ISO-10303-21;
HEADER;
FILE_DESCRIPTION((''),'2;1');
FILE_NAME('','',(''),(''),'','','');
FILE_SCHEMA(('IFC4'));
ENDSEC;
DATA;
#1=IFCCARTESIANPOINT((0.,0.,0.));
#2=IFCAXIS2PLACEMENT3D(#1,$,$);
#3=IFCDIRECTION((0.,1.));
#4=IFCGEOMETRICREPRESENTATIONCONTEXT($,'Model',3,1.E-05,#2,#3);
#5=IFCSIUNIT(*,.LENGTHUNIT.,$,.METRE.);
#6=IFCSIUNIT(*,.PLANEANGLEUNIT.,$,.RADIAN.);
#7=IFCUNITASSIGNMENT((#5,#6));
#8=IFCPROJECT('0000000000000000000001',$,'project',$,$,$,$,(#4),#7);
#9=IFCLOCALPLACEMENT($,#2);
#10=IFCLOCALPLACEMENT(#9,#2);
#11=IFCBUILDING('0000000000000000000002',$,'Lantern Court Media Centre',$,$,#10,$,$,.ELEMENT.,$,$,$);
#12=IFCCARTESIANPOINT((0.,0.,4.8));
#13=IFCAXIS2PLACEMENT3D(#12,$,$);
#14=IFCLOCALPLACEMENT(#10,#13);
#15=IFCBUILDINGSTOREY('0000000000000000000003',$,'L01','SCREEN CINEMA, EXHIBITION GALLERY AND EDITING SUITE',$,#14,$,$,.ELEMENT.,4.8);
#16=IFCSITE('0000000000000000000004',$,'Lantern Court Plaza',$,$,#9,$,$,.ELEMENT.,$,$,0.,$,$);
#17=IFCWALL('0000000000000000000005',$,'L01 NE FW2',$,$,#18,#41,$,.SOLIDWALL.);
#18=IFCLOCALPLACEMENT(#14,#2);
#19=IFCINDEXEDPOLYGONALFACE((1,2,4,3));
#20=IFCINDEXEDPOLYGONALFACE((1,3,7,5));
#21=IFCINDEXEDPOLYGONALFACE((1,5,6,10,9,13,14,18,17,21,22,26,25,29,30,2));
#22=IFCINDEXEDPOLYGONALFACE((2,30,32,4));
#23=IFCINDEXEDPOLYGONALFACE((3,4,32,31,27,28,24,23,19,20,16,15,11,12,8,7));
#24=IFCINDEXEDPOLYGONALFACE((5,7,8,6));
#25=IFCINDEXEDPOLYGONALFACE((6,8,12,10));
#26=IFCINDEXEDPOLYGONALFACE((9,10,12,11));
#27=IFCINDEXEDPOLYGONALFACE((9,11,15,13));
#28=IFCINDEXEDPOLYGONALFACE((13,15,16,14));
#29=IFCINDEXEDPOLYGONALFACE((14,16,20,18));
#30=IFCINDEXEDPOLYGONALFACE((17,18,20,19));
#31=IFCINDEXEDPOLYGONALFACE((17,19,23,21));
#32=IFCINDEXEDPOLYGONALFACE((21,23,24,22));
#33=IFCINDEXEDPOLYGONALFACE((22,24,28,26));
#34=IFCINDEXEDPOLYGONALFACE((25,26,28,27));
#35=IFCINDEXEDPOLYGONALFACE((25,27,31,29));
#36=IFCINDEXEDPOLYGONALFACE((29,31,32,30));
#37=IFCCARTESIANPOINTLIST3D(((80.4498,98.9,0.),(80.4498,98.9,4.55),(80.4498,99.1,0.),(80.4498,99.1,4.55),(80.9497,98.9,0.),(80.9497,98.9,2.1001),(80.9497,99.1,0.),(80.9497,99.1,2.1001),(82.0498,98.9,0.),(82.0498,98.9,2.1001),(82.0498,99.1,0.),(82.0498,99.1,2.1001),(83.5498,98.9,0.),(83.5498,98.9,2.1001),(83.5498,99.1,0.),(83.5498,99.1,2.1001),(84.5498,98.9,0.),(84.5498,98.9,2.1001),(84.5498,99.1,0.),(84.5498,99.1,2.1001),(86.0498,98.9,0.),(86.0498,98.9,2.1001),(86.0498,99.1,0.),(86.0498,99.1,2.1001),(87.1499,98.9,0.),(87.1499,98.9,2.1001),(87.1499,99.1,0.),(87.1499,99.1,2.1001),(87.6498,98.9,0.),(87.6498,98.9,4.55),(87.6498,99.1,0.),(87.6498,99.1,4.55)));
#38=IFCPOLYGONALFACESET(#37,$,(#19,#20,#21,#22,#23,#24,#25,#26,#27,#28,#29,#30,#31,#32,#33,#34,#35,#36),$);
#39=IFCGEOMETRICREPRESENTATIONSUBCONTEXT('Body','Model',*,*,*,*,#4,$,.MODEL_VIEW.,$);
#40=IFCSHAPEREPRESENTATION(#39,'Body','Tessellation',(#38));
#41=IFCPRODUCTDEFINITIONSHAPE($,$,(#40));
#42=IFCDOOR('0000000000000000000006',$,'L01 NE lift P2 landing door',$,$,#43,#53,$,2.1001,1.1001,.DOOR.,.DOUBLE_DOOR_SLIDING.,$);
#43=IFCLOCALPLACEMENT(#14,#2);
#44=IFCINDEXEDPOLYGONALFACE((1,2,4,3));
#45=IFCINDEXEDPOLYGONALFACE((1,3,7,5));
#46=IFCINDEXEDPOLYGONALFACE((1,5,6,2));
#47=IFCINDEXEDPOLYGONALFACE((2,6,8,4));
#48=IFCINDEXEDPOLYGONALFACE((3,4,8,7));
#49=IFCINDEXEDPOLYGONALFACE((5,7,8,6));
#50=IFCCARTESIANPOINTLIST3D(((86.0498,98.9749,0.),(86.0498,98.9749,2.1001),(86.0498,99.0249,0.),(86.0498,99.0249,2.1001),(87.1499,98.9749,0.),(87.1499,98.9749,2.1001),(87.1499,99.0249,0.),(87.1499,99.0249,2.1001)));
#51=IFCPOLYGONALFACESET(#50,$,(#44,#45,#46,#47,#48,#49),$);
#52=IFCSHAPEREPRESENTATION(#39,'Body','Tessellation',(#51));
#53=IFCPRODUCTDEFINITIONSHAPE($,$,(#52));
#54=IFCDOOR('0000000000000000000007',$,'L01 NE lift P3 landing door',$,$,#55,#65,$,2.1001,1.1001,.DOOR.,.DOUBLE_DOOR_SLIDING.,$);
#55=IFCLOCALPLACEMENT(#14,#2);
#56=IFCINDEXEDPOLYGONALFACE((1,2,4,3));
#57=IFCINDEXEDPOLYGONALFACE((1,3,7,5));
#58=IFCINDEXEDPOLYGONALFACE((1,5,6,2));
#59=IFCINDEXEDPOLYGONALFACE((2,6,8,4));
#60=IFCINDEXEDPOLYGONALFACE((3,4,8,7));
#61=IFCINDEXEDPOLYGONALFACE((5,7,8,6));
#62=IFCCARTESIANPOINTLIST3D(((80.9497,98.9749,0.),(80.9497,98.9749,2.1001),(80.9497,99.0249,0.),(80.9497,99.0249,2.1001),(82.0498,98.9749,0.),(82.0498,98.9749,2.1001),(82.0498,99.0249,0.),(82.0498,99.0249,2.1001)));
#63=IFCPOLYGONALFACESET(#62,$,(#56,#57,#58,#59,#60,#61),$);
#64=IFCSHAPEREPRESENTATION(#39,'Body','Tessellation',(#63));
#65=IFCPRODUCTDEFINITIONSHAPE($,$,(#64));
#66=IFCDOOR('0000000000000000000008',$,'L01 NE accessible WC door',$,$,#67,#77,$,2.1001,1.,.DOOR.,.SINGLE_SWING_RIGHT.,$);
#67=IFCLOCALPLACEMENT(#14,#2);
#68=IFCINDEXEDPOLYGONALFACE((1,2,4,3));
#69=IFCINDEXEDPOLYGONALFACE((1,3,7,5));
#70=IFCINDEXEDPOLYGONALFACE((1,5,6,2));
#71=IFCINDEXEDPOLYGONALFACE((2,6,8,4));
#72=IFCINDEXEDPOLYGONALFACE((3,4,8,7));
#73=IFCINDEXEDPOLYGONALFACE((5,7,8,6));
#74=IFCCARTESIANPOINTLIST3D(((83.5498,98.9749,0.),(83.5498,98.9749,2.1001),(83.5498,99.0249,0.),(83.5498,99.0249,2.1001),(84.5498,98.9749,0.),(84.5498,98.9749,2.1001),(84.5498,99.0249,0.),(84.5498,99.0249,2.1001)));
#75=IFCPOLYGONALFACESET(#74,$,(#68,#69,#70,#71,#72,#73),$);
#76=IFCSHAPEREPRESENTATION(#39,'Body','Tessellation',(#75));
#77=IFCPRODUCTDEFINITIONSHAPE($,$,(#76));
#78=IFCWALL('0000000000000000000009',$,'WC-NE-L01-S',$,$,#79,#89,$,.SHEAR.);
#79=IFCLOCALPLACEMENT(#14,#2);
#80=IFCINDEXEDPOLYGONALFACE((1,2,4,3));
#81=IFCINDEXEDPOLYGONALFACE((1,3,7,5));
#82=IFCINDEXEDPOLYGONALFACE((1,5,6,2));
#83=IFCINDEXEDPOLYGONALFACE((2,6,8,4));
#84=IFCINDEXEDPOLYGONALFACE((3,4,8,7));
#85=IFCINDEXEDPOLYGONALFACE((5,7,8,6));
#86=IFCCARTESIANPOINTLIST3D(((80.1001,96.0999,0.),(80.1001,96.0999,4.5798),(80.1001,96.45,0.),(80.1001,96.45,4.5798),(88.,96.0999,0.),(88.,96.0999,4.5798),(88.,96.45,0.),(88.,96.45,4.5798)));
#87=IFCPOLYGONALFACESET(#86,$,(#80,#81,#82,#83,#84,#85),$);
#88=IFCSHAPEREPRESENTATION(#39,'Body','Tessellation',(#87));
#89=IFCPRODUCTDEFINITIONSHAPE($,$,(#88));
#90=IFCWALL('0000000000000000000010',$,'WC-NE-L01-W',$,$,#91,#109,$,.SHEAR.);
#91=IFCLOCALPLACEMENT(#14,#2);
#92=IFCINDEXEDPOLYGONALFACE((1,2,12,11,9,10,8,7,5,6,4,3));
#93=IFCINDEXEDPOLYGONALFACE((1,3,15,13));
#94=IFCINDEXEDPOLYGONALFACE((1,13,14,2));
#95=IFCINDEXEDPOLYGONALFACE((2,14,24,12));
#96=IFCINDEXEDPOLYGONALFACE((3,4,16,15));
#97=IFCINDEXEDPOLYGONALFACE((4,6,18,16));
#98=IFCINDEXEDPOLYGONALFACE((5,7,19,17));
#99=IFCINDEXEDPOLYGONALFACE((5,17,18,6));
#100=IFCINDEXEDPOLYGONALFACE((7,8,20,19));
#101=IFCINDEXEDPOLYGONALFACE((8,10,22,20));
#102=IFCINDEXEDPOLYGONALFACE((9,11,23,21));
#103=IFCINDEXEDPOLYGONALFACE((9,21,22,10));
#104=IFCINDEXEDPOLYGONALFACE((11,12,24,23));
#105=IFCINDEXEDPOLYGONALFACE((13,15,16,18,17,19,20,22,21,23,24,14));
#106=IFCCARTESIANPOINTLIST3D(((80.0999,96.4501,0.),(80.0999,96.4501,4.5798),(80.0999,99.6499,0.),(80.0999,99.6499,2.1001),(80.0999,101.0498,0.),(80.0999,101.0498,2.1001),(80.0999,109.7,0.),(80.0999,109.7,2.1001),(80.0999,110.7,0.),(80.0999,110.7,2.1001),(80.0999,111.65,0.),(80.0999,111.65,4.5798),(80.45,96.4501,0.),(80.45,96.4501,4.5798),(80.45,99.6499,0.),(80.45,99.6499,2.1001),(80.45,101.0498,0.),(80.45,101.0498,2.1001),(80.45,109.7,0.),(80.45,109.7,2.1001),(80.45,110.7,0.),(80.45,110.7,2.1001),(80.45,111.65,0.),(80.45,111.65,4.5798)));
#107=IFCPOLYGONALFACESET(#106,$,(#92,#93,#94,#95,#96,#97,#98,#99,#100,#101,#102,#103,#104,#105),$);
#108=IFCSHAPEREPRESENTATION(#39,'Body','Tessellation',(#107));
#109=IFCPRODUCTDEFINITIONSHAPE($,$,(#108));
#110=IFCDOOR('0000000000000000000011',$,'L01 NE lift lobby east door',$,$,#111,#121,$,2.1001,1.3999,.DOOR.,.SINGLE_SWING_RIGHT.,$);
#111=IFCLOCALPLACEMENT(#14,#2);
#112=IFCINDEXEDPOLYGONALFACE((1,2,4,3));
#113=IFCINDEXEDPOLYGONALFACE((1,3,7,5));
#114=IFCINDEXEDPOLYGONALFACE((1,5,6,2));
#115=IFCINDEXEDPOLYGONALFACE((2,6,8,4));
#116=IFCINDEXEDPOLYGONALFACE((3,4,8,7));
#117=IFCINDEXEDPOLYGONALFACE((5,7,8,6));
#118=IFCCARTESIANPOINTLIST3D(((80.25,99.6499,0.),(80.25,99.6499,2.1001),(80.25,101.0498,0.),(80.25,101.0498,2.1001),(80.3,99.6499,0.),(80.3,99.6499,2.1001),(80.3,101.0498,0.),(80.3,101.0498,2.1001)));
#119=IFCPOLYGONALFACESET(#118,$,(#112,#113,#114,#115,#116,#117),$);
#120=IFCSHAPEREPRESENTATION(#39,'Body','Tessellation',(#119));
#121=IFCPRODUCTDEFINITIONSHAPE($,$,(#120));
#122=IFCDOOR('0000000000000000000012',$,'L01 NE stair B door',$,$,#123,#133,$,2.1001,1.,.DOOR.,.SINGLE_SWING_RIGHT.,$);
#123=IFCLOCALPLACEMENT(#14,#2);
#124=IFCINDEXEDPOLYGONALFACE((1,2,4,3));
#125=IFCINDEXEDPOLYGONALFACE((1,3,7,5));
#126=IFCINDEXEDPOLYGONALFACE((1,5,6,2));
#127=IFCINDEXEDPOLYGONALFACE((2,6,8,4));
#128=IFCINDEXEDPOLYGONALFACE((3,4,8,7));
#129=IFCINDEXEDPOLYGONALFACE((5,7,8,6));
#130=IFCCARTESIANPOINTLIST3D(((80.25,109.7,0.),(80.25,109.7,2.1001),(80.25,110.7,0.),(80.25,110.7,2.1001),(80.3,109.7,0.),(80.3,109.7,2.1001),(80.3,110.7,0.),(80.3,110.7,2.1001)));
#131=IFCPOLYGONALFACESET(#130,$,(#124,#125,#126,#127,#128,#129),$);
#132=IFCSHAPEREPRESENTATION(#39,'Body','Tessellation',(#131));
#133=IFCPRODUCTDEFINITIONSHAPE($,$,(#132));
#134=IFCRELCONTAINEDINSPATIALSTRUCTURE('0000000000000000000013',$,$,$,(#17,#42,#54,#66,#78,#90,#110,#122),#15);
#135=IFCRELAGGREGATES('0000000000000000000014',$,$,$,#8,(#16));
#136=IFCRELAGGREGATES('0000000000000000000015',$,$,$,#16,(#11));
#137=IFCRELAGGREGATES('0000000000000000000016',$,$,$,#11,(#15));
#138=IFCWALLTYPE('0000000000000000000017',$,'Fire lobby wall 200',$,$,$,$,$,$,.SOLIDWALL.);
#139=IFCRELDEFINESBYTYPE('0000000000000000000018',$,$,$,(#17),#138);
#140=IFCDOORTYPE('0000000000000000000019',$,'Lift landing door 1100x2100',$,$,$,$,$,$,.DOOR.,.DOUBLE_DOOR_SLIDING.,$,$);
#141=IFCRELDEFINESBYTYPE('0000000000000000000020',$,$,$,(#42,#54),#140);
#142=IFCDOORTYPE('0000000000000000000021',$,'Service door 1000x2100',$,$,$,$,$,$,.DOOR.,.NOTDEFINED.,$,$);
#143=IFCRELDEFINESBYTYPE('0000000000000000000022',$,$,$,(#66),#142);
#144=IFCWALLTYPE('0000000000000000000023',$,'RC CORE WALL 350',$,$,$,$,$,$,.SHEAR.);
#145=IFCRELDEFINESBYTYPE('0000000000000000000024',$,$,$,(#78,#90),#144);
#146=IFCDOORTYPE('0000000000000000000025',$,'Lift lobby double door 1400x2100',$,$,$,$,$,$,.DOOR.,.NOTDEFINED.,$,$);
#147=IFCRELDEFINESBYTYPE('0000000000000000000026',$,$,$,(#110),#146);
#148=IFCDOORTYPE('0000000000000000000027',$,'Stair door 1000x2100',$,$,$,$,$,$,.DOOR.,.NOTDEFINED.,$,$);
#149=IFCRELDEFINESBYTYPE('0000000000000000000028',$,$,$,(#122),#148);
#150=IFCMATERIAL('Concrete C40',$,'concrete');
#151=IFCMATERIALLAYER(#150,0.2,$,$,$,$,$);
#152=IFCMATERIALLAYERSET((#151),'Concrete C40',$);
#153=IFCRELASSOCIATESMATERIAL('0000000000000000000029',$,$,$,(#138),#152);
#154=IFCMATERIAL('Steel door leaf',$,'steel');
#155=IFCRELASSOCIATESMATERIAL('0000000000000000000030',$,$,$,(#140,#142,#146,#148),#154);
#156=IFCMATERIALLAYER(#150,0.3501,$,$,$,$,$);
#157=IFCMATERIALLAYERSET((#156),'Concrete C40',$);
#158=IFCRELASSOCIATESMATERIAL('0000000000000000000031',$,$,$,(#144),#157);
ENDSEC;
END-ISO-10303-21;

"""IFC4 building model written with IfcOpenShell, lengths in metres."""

from ifc_helpers import new_model, si_unit, direction, frame, frame_2d, origin, place, context, subcontext, project, spatial, rectangle, extrude, material, layer, layer_set, type_object, element, fill, save


model = new_model("IFC4")

# Units and contexts
model_context = context("Model", 3, precision=1e-05, world=origin(), true_north=direction((0.0, 1.0)))
body_context = subcontext(model_context, "Body", "Model", "MODEL_VIEW")
ifc_project = project(units=[si_unit("LENGTHUNIT", "METRE"), si_unit("PLANEANGLEUNIT", "RADIAN")], contexts=[model_context])

# Site, building, storey
site_placement = place(None, origin())
site = spatial("IfcSite", under=ifc_project, at=site_placement, Name="Lantern Court Plaza", CompositionType="ELEMENT", RefElevation=0.0)
building_placement = place(site_placement, origin())
building = spatial("IfcBuilding", under=site, at=building_placement, Name="Lantern Court Media Centre", CompositionType="ELEMENT")
storey_placement = place(building_placement, frame((0.0, 0.0, 4.8)))
storey = spatial("IfcBuildingStorey", under=building, at=storey_placement, Name="L01", Description="SCREEN CINEMA, EXHIBITION GALLERY AND EDITING SUITE", CompositionType="ELEMENT", Elevation=4.8)

# Wall, openings, doors
ifc_material_1 = material(Name="Concrete C40", Category="concrete")
ifc_layer_1 = layer(ifc_material_1, 0.2)
ifc_layer_set_1 = layer_set([ifc_layer_1], Name="Concrete C40")
wall_type_1 = type_object("IfcWallType", Name="Fire lobby wall 200", PredefinedType="SOLIDWALL", material=ifc_layer_set_1)
ifc_material_2 = material(Name="Steel door leaf", Category="steel")
door_type_1 = type_object("IfcDoorType", Name="Lift landing door 1100x2100", OperationType="DOUBLE_DOOR_SLIDING", PredefinedType="DOOR", material=ifc_material_2)
door_type_2 = type_object("IfcDoorType", Name="Service door 1000x2100", OperationType="NOTDEFINED", PredefinedType="DOOR", material=ifc_material_2)
wall_1_placement = place(storey_placement, frame((87.6499, 99.0, 0.0), z_axis=(0.0, 0.0, 1.0), x_axis=(-1.0, 0.0, 0.0)))
wall_1 = element("IfcWall", 1, at=wall_1_placement, inside=storey, type_object=wall_type_1, Name="L01 NE FW2", PredefinedType="SOLIDWALL", context=body_context, shape_type="SweptSolid", body=[
    extrude(rectangle(XDim=7.2, YDim=0.2, at=frame_2d((3.6001, 0.0))), origin(), (0.0, 0.0, 1.0), 4.55),
])
opening_1_placement = place(wall_1_placement, frame((0.5, 0.0, 0.0)))
opening_1 = element("IfcOpeningElement", 2, at=opening_1_placement, cuts=wall_1, PredefinedType="OPENING", context=body_context, shape_type="SweptSolid", body=[
    extrude(rectangle(XDim=1.1001, YDim=2.1001, at=frame_2d((0.55, 1.05))), frame((0.0, 0.1099, 0.0), z_axis=(0.0, -1.0, 0.0), x_axis=(1.0, 0.0, 0.0)), (0.0, 0.0, 1.0), 0.22),
])
opening_2_placement = place(wall_1_placement, frame((5.6001, 0.0, 0.0)))
opening_2 = element("IfcOpeningElement", 3, at=opening_2_placement, cuts=wall_1, PredefinedType="OPENING", context=body_context, shape_type="SweptSolid", body=[
    extrude(rectangle(XDim=1.1001, YDim=2.1001, at=frame_2d((0.55, 1.05))), frame((0.0, 0.1099, 0.0), z_axis=(0.0, -1.0, 0.0), x_axis=(1.0, 0.0, 0.0)), (0.0, 0.0, 1.0), 0.22),
])
opening_3_placement = place(wall_1_placement, frame((3.1001, 0.0, 0.0)))
opening_3 = element("IfcOpeningElement", 4, at=opening_3_placement, cuts=wall_1, PredefinedType="OPENING", context=body_context, shape_type="SweptSolid", body=[
    extrude(rectangle(XDim=1.0, YDim=2.1001, at=frame_2d((0.5, 1.05))), frame((0.0, 0.1099, 0.0), z_axis=(0.0, -1.0, 0.0), x_axis=(1.0, 0.0, 0.0)), (0.0, 0.0, 1.0), 0.22),
])
door_1_placement = place(opening_1_placement, frame((1.1001, 0.0, 0.0), z_axis=(0.0, 0.0, 1.0), x_axis=(-1.0, 0.0, 0.0)))
door_1 = element("IfcDoor", 5, at=door_1_placement, inside=storey, type_object=door_type_1, Name="L01 NE lift P2 landing door", OperationType="DOUBLE_DOOR_SLIDING", OverallHeight=2.1001, OverallWidth=1.1001, PredefinedType="DOOR", context=body_context, shape_type="SweptSolid", body=[
    extrude(rectangle(XDim=1.1001, YDim=2.1001, at=frame_2d((0.55, 1.05))), frame((0.0, 0.0249, 0.0), z_axis=(0.0, -1.0, 0.0), x_axis=(1.0, 0.0, 0.0)), (0.0, 0.0, 1.0), 0.05),
])
fill(opening_1, door_1)
door_2_placement = place(opening_2_placement, frame((1.1001, 0.0, 0.0), z_axis=(0.0, 0.0, 1.0), x_axis=(-1.0, 0.0, 0.0)))
door_2 = element("IfcDoor", 6, at=door_2_placement, inside=storey, type_object=door_type_1, Name="L01 NE lift P3 landing door", OperationType="DOUBLE_DOOR_SLIDING", OverallHeight=2.1001, OverallWidth=1.1001, PredefinedType="DOOR", context=body_context, shape_type="SweptSolid", body=[
    extrude(rectangle(XDim=1.1001, YDim=2.1001, at=frame_2d((0.55, 1.05))), frame((0.0, 0.0249, 0.0), z_axis=(0.0, -1.0, 0.0), x_axis=(1.0, 0.0, 0.0)), (0.0, 0.0, 1.0), 0.05),
])
fill(opening_2, door_2)
door_3_placement = place(opening_3_placement, frame((1.0, 0.0, 0.0), z_axis=(0.0, 0.0, 1.0), x_axis=(-1.0, 0.0, 0.0)))
door_3 = element("IfcDoor", 7, at=door_3_placement, inside=storey, type_object=door_type_2, Name="L01 NE accessible WC door", OperationType="SINGLE_SWING_RIGHT", OverallHeight=2.1001, OverallWidth=1.0, PredefinedType="DOOR", context=body_context, shape_type="SweptSolid", body=[
    extrude(rectangle(XDim=1.0, YDim=2.1001, at=frame_2d((0.5, 1.05))), frame((0.0, 0.0249, 0.0), z_axis=(0.0, -1.0, 0.0), x_axis=(1.0, 0.0, 0.0)), (0.0, 0.0, 1.0), 0.05),
])
fill(opening_3, door_3)

# Wall
ifc_layer_2 = layer(ifc_material_1, 0.3501)
ifc_layer_set_2 = layer_set([ifc_layer_2], Name="Concrete C40")
wall_type_2 = type_object("IfcWallType", Name="RC CORE WALL 350", PredefinedType="SHEAR", material=ifc_layer_set_2)
wall_2_placement = place(storey_placement, frame((80.1001, 96.2749, 0.0), z_axis=(0.0, 0.0, 1.0), x_axis=(1.0, 0.0, 0.0)))
element("IfcWall", 8, at=wall_2_placement, inside=storey, type_object=wall_type_2, Name="WC-NE-L01-S", PredefinedType="SHEAR", context=body_context, shape_type="SweptSolid", body=[
    extrude(rectangle(XDim=7.8999, YDim=0.3501, at=frame_2d((3.95, 0.0))), origin(), (0.0, 0.0, 1.0), 4.5798),
])

# Wall, openings, doors
wall_3_placement = place(storey_placement, frame((80.2749, 96.45, 0.0), z_axis=(0.0, 0.0, 1.0), x_axis=(0.0, 1.0, 0.0)))
wall_3 = element("IfcWall", 9, at=wall_3_placement, inside=storey, type_object=wall_type_2, Name="WC-NE-L01-W", PredefinedType="SHEAR", context=body_context, shape_type="SweptSolid", body=[
    extrude(rectangle(XDim=15.2, YDim=0.3501, at=frame_2d((7.6001, 0.0))), origin(), (0.0, 0.0, 1.0), 4.5798),
])
opening_4_placement = place(wall_3_placement, frame((13.25, 0.0, 0.0)))
opening_4 = element("IfcOpeningElement", 10, at=opening_4_placement, cuts=wall_3, PredefinedType="OPENING", context=body_context, shape_type="SweptSolid", body=[
    extrude(rectangle(XDim=1.0, YDim=2.1001, at=frame_2d((0.5, 1.05))), frame((0.0, 0.1851, 0.0), z_axis=(0.0, -1.0, 0.0), x_axis=(1.0, 0.0, 0.0)), (0.0, 0.0, 1.0), 0.3701),
])
opening_5_placement = place(wall_3_placement, frame((3.2, 0.0, 0.0)))
opening_5 = element("IfcOpeningElement", 11, at=opening_5_placement, cuts=wall_3, PredefinedType="OPENING", context=body_context, shape_type="SweptSolid", body=[
    extrude(rectangle(XDim=1.3999, YDim=2.1001, at=frame_2d((0.7, 1.05))), frame((0.0, 0.1851, 0.0), z_axis=(0.0, -1.0, 0.0), x_axis=(1.0, 0.0, 0.0)), (0.0, 0.0, 1.0), 0.3701),
])
door_type_3 = type_object("IfcDoorType", Name="Lift lobby double door 1400x2100", OperationType="NOTDEFINED", PredefinedType="DOOR", material=ifc_material_2)
door_4_placement = place(opening_5_placement, origin())
door_4 = element("IfcDoor", 12, at=door_4_placement, inside=storey, type_object=door_type_3, Name="L01 NE lift lobby east door", OperationType="SINGLE_SWING_RIGHT", OverallHeight=2.1001, OverallWidth=1.3999, PredefinedType="DOOR", context=body_context, shape_type="SweptSolid", body=[
    extrude(rectangle(XDim=1.3999, YDim=2.1001, at=frame_2d((0.7, 1.05))), frame((0.0, 0.0249, 0.0), z_axis=(0.0, -1.0, 0.0), x_axis=(1.0, 0.0, 0.0)), (0.0, 0.0, 1.0), 0.05),
])
fill(opening_5, door_4)
door_type_4 = type_object("IfcDoorType", Name="Stair door 1000x2100", OperationType="NOTDEFINED", PredefinedType="DOOR", material=ifc_material_2)
door_5_placement = place(opening_4_placement, origin())
door_5 = element("IfcDoor", 13, at=door_5_placement, inside=storey, type_object=door_type_4, Name="L01 NE stair B door", OperationType="SINGLE_SWING_RIGHT", OverallHeight=2.1001, OverallWidth=1.0, PredefinedType="DOOR", context=body_context, shape_type="SweptSolid", body=[
    extrude(rectangle(XDim=1.0, YDim=2.1001, at=frame_2d((0.5, 1.05))), frame((0.0, 0.0249, 0.0), z_axis=(0.0, -1.0, 0.0), x_axis=(1.0, 0.0, 0.0)), (0.0, 0.0, 1.0), 0.05),
])
fill(opening_4, door_5)

save(model, "model.ifc")
